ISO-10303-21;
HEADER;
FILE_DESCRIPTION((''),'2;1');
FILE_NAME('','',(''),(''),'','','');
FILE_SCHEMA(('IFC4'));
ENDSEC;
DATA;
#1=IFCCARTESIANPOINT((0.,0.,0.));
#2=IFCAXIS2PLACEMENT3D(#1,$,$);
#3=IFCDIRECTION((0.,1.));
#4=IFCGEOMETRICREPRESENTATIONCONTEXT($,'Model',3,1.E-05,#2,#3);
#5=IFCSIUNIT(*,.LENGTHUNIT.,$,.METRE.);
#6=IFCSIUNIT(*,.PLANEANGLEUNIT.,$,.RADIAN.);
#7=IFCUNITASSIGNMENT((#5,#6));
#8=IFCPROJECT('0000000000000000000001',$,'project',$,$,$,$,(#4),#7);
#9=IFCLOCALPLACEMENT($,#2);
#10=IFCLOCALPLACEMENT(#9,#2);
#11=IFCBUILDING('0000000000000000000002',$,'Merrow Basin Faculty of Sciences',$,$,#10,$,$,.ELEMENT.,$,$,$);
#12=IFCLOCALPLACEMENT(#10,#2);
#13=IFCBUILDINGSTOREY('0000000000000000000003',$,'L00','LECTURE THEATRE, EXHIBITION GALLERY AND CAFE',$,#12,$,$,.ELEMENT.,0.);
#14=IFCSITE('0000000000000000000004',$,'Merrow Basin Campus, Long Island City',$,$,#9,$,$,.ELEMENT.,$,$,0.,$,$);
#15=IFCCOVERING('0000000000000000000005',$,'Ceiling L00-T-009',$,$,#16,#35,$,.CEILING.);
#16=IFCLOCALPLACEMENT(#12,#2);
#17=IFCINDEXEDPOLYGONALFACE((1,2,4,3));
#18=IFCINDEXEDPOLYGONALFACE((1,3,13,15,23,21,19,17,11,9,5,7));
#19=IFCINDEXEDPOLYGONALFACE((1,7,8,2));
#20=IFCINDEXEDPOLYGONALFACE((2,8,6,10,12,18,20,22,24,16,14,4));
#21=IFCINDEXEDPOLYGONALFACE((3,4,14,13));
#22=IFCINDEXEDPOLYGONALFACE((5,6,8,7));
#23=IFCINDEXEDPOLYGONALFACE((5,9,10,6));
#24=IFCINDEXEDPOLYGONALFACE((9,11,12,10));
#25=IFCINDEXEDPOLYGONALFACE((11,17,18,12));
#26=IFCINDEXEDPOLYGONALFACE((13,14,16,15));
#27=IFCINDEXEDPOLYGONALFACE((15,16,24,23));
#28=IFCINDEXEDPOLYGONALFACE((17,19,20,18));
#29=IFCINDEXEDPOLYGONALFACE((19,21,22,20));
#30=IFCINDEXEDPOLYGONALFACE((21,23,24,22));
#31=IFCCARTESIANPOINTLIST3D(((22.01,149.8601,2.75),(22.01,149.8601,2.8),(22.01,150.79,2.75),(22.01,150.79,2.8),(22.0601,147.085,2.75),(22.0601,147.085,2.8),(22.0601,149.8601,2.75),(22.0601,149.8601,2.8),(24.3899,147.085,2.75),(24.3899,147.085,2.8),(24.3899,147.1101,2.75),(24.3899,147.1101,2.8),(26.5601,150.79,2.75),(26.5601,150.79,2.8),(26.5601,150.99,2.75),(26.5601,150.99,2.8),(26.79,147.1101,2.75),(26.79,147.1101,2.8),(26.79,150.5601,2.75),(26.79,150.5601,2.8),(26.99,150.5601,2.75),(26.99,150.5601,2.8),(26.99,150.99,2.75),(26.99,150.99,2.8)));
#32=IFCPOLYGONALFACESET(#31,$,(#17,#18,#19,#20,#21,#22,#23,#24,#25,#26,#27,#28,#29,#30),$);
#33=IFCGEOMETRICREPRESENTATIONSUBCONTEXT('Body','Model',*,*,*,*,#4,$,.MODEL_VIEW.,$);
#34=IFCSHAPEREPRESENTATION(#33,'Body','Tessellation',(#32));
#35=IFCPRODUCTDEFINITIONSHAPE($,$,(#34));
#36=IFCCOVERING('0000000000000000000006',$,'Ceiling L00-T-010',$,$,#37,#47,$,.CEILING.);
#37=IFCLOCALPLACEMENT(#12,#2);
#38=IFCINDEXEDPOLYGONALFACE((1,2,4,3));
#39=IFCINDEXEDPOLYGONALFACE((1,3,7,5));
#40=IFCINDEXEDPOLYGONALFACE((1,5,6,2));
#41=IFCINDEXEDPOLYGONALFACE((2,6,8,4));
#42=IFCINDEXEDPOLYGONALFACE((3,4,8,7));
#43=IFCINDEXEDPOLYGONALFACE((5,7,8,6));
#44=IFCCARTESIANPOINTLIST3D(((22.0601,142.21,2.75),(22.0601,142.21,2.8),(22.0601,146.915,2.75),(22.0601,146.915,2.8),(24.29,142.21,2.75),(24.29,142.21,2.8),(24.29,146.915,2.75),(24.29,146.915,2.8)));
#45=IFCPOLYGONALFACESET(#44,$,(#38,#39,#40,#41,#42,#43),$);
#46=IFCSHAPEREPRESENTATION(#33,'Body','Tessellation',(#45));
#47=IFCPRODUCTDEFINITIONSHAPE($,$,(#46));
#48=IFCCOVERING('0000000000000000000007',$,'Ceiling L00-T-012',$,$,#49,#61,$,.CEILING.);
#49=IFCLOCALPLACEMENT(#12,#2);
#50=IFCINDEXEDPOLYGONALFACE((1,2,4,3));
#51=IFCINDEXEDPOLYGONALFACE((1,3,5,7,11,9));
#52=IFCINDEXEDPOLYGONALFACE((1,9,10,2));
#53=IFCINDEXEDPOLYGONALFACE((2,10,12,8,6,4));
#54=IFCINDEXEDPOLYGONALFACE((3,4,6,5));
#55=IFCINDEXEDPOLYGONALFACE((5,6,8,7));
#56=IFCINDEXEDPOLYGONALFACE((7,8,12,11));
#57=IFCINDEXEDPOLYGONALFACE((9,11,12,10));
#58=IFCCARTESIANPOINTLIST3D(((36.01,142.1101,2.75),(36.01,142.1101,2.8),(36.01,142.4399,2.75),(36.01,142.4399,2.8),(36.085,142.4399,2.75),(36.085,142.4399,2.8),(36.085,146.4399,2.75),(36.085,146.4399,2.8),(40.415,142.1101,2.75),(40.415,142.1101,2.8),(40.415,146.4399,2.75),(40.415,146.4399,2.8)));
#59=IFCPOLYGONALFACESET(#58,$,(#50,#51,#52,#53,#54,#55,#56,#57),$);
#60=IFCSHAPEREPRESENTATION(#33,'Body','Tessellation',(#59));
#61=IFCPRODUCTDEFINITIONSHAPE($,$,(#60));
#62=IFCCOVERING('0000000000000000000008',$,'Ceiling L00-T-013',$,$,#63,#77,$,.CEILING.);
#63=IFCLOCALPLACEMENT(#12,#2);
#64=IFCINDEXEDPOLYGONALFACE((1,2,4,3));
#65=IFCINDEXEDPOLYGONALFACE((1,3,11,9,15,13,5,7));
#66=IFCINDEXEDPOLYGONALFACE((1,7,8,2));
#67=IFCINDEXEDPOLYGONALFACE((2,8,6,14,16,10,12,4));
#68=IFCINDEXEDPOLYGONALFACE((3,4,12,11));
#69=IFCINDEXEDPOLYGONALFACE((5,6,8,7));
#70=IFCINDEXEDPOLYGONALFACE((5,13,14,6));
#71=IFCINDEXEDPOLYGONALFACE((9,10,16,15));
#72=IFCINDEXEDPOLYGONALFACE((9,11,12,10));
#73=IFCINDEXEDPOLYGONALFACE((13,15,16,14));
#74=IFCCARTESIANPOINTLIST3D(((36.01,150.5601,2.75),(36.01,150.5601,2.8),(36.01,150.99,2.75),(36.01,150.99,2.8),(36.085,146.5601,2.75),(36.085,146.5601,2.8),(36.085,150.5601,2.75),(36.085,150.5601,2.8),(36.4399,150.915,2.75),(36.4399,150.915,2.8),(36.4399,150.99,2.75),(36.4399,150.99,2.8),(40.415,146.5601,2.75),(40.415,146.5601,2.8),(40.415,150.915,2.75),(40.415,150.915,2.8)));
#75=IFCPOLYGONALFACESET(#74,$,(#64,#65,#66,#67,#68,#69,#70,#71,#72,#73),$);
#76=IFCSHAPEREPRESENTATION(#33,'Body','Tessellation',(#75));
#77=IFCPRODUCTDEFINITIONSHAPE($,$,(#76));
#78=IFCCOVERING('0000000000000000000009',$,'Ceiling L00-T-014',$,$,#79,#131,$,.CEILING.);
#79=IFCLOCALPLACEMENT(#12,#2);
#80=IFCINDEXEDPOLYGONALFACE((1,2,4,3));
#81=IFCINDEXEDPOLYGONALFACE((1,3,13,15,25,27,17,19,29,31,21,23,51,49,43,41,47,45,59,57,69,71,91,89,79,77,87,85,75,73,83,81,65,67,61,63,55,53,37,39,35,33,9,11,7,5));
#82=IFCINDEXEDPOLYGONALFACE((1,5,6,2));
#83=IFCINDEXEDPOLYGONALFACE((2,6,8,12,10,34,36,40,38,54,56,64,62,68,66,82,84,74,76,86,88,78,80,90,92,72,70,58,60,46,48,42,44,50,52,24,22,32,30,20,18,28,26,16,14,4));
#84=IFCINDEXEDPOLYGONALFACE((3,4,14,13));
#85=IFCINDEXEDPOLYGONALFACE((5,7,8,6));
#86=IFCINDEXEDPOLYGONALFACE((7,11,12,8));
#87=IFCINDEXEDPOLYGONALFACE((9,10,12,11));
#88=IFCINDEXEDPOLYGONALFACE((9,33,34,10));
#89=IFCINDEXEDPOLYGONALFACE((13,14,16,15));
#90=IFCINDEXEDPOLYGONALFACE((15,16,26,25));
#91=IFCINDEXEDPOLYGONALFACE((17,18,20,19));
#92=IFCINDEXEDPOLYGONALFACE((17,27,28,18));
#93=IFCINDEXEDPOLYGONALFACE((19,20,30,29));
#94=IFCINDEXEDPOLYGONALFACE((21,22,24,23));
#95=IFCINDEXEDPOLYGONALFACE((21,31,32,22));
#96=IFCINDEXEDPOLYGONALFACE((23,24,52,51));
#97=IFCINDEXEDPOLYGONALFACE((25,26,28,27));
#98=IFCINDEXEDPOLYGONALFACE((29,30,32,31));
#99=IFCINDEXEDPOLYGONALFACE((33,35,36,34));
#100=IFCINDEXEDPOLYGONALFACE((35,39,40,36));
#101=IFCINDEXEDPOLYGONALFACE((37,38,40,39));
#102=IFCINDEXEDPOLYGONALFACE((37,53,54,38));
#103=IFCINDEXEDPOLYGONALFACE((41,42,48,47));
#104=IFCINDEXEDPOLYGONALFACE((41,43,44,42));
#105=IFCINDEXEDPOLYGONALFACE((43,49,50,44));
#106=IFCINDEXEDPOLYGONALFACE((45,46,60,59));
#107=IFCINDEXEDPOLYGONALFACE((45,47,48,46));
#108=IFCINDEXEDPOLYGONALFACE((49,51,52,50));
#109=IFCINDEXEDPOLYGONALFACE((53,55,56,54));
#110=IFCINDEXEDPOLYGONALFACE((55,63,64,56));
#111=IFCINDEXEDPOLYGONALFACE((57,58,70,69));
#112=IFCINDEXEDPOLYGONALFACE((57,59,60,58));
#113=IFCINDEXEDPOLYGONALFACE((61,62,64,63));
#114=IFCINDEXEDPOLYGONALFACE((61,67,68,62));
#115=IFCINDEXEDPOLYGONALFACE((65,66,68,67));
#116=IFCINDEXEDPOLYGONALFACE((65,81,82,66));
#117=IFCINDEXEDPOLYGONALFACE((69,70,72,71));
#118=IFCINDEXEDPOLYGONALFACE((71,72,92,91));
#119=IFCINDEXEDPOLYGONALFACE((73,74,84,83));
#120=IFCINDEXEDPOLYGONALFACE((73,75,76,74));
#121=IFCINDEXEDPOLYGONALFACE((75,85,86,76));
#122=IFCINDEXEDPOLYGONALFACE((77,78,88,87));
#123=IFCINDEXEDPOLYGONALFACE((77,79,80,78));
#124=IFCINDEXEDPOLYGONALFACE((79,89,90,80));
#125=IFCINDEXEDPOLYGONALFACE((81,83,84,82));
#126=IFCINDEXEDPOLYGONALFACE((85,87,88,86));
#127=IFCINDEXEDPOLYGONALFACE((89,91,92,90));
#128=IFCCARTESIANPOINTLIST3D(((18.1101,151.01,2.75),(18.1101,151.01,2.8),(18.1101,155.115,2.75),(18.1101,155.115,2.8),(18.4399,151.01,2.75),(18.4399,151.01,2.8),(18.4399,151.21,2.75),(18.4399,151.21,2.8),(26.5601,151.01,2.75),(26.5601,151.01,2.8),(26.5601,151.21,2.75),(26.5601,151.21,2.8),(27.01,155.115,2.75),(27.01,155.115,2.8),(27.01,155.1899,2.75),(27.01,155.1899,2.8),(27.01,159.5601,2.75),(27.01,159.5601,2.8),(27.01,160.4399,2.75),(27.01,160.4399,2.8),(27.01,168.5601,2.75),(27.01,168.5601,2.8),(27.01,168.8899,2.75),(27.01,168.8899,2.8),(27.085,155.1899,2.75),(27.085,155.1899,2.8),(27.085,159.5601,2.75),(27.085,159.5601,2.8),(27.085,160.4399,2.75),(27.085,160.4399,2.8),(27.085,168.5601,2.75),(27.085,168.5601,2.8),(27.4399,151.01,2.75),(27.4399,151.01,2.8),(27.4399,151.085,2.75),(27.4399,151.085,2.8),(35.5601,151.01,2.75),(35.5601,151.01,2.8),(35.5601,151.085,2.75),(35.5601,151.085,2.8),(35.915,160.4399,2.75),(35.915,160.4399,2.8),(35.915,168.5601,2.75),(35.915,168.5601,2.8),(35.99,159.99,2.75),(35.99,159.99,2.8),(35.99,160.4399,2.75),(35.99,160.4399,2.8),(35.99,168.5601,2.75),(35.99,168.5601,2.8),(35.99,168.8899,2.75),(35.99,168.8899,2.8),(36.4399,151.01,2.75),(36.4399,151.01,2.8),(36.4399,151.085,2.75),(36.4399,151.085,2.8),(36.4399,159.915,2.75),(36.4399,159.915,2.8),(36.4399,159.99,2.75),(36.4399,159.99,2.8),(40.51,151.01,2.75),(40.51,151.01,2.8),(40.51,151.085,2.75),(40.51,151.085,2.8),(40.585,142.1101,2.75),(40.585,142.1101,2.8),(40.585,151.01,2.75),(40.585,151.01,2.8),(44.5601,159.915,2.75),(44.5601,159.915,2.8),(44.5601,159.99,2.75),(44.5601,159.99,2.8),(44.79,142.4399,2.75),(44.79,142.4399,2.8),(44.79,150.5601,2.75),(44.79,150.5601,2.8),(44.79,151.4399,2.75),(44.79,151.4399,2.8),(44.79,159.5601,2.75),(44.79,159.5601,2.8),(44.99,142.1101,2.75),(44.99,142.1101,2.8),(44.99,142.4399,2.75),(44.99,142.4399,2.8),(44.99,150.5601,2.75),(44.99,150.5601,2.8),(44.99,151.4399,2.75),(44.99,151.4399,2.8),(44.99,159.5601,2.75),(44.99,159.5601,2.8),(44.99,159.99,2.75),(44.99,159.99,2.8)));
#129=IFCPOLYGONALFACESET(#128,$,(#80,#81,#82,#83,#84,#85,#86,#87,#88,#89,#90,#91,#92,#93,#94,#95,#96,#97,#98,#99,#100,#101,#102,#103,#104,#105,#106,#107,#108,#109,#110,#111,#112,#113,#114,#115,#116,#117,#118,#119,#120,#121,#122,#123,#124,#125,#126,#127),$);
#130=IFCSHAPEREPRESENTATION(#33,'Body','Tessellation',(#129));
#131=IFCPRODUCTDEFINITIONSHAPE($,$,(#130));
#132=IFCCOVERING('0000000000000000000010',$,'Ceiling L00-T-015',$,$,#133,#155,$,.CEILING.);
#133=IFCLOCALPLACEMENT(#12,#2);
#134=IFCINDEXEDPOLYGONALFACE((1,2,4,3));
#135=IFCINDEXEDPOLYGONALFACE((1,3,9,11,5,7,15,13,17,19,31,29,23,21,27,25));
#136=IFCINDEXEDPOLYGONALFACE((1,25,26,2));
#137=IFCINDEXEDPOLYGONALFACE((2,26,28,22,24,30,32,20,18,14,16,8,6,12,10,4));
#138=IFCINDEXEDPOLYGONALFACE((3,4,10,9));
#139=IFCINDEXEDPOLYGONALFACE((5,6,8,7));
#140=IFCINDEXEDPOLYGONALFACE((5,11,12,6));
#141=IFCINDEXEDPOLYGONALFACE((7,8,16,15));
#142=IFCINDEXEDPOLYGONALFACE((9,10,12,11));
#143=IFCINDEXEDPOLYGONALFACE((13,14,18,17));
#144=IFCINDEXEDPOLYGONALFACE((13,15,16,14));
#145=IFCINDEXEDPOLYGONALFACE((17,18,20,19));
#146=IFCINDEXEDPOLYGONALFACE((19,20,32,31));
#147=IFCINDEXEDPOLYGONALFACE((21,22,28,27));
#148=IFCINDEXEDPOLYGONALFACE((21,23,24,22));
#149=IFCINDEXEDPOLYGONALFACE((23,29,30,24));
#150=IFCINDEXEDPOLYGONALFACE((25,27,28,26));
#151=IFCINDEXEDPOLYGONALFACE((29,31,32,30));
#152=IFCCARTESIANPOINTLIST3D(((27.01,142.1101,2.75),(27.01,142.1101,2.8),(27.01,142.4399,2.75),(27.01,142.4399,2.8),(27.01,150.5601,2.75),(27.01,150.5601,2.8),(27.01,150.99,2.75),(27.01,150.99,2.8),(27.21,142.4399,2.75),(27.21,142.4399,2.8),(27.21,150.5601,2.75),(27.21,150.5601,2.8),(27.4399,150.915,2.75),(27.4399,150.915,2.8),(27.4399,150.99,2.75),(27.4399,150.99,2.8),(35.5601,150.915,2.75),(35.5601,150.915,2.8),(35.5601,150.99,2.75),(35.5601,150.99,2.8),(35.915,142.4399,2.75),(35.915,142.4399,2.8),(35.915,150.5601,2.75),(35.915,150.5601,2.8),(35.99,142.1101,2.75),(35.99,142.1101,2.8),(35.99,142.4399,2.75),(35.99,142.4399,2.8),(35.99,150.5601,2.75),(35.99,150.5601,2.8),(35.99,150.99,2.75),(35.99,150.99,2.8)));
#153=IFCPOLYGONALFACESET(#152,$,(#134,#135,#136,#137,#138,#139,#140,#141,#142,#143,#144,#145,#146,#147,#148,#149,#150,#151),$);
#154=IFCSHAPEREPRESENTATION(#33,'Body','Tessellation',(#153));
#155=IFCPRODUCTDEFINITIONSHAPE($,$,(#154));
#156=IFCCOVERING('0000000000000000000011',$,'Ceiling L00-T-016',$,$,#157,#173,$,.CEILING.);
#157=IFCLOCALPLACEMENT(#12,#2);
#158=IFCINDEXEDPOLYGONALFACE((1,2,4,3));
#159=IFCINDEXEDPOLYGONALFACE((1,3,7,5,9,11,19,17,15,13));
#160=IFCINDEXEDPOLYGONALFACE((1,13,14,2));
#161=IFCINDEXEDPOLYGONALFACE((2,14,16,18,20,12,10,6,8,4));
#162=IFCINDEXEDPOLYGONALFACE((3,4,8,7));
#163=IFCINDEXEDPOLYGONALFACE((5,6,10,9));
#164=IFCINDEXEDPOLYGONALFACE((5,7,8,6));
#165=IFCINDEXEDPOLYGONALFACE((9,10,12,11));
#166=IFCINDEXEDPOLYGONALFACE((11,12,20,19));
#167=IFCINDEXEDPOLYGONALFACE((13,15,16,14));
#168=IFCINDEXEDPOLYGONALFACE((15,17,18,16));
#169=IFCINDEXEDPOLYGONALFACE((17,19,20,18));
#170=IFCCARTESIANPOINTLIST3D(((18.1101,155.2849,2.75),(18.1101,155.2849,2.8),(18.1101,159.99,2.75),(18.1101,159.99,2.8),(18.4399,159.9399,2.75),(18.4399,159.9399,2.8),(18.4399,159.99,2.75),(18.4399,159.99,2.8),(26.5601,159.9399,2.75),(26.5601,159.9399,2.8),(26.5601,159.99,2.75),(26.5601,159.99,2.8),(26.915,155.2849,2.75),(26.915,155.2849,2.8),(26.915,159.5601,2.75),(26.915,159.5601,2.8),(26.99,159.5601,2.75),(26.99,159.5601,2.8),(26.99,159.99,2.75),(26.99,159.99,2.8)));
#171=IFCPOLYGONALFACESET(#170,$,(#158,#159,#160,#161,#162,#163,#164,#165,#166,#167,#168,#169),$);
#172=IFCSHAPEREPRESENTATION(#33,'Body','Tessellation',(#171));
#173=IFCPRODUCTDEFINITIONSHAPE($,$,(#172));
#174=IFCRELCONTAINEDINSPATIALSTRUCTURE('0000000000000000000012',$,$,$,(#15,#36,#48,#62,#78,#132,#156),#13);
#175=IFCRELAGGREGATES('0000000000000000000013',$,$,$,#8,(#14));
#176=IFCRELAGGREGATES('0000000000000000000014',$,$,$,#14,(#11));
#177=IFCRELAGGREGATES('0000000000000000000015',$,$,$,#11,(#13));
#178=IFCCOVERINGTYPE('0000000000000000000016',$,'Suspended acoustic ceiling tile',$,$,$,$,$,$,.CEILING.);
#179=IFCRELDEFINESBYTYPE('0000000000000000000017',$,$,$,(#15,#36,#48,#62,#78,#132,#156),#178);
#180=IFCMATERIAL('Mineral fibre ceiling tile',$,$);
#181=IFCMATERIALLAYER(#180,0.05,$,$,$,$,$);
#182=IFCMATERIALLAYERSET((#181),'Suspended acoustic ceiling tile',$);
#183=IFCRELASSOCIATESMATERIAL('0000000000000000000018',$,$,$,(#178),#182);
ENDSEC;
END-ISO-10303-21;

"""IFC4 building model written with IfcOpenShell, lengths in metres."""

from ifc_helpers import new_model, si_unit, direction, frame, origin, place, context, subcontext, project, spatial, polyline, outline, extrude, material, layer, layer_set, type_object, element, save


model = new_model("IFC4")

# Units and contexts
model_context = context("Model", 3, precision=1e-05, world=origin(), true_north=direction((0.0, 1.0)))
body_context = subcontext(model_context, "Body", "Model", "MODEL_VIEW")
ifc_project = project(units=[si_unit("LENGTHUNIT", "METRE"), si_unit("PLANEANGLEUNIT", "RADIAN")], contexts=[model_context])

# Site, building, storey
site_placement = place(None, origin())
site = spatial("IfcSite", under=ifc_project, at=site_placement, Name="Merrow Basin Campus, Long Island City", CompositionType="ELEMENT", RefElevation=0.0)
building_placement = place(site_placement, origin())
building = spatial("IfcBuilding", under=site, at=building_placement, Name="Merrow Basin Faculty of Sciences", CompositionType="ELEMENT")
storey_placement = place(building_placement, origin())
storey = spatial("IfcBuildingStorey", under=building, at=storey_placement, Name="L00", Description="LECTURE THEATRE, EXHIBITION GALLERY AND CAFE", CompositionType="ELEMENT", Elevation=0.0)

# Coverings
ifc_material = material(Name="Mineral fibre ceiling tile")
ifc_layer = layer(ifc_material, 0.05)
ifc_layer_set = layer_set([ifc_layer], Name="Suspended acoustic ceiling tile")
covering_type = type_object("IfcCoveringType", Name="Suspended acoustic ceiling tile", PredefinedType="CEILING", material=ifc_layer_set)
covering_1_placement = place(storey_placement, frame((0.0, 0.0, 2.75)))
element("IfcCovering", 1, at=covering_1_placement, inside=storey, type_object=covering_type, Name="Ceiling L00-T-009", PredefinedType="CEILING", context=body_context, shape_type="SweptSolid", body=[
    extrude(outline(polyline([(26.99, 150.99), (26.99, 150.5601), (26.79, 150.5601), (26.79, 147.1101), (24.3899, 147.1101), (24.3899, 147.085), (22.0601, 147.085), (22.0601, 149.8601), (22.01, 149.8601), (22.01, 150.79), (26.5601, 150.79), (26.5601, 150.99), (26.99, 150.99)])), origin(), (0.0, 0.0, 1.0), 0.05),
])
covering_2_placement = place(storey_placement, frame((0.0, 0.0, 2.75)))
element("IfcCovering", 2, at=covering_2_placement, inside=storey, type_object=covering_type, Name="Ceiling L00-T-010", PredefinedType="CEILING", context=body_context, shape_type="SweptSolid", body=[
    extrude(outline(polyline([(24.29, 146.915), (24.29, 142.21), (22.0601, 142.21), (22.0601, 146.915), (24.29, 146.915)])), origin(), (0.0, 0.0, 1.0), 0.05),
])
covering_3_placement = place(storey_placement, frame((0.0, 0.0, 2.75)))
element("IfcCovering", 3, at=covering_3_placement, inside=storey, type_object=covering_type, Name="Ceiling L00-T-012", PredefinedType="CEILING", context=body_context, shape_type="SweptSolid", body=[
    extrude(outline(polyline([(36.01, 142.1101), (36.01, 142.4399), (36.085, 142.4399), (36.085, 146.4399), (40.415, 146.4399), (40.415, 142.1101), (36.01, 142.1101)])), origin(), (0.0, 0.0, 1.0), 0.05),
])
covering_4_placement = place(storey_placement, frame((0.0, 0.0, 2.75)))
element("IfcCovering", 4, at=covering_4_placement, inside=storey, type_object=covering_type, Name="Ceiling L00-T-013", PredefinedType="CEILING", context=body_context, shape_type="SweptSolid", body=[
    extrude(outline(polyline([(36.01, 150.99), (36.4399, 150.99), (36.4399, 150.915), (40.415, 150.915), (40.415, 146.5601), (36.085, 146.5601), (36.085, 150.5601), (36.01, 150.5601), (36.01, 150.99)])), origin(), (0.0, 0.0, 1.0), 0.05),
])
covering_5_placement = place(storey_placement, frame((0.0, 0.0, 2.75)))
element("IfcCovering", 5, at=covering_5_placement, inside=storey, type_object=covering_type, Name="Ceiling L00-T-014", PredefinedType="CEILING", context=body_context, shape_type="SweptSolid", body=[
    extrude(outline(polyline([(26.5601, 151.01), (26.5601, 151.21), (18.4399, 151.21), (18.4399, 151.01), (18.1101, 151.01), (18.1101, 155.115), (27.01, 155.115), (27.01, 155.1899), (27.085, 155.1899), (27.085, 159.5601), (27.01, 159.5601), (27.01, 160.4399), (27.085, 160.4399), (27.085, 168.5601), (27.01, 168.5601), (27.01, 168.8899), (35.99, 168.8899), (35.99, 168.5601), (35.915, 168.5601), (35.915, 160.4399), (35.99, 160.4399), (35.99, 159.99), (36.4399, 159.99), (36.4399, 159.915), (44.5601, 159.915), (44.5601, 159.99), (44.99, 159.99), (44.99, 159.5601), (44.79, 159.5601), (44.79, 151.4399), (44.99, 151.4399), (44.99, 150.5601), (44.79, 150.5601), (44.79, 142.4399), (44.99, 142.4399), (44.99, 142.1101), (40.585, 142.1101), (40.585, 151.01), (40.51, 151.01), (40.51, 151.085), (36.4399, 151.085), (36.4399, 151.01), (35.5601, 151.01), (35.5601, 151.085), (27.4399, 151.085), (27.4399, 151.01), (26.5601, 151.01)])), origin(), (0.0, 0.0, 1.0), 0.05),
])
covering_6_placement = place(storey_placement, frame((0.0, 0.0, 2.75)))
element("IfcCovering", 6, at=covering_6_placement, inside=storey, type_object=covering_type, Name="Ceiling L00-T-015", PredefinedType="CEILING", context=body_context, shape_type="SweptSolid", body=[
    extrude(outline(polyline([(27.4399, 150.99), (27.4399, 150.915), (35.5601, 150.915), (35.5601, 150.99), (35.99, 150.99), (35.99, 150.5601), (35.915, 150.5601), (35.915, 142.4399), (35.99, 142.4399), (35.99, 142.1101), (27.01, 142.1101), (27.01, 142.4399), (27.21, 142.4399), (27.21, 150.5601), (27.01, 150.5601), (27.01, 150.99), (27.4399, 150.99)])), origin(), (0.0, 0.0, 1.0), 0.05),
])
covering_7_placement = place(storey_placement, frame((0.0, 0.0, 2.75)))
element("IfcCovering", 7, at=covering_7_placement, inside=storey, type_object=covering_type, Name="Ceiling L00-T-016", PredefinedType="CEILING", context=body_context, shape_type="SweptSolid", body=[
    extrude(outline(polyline([(26.99, 159.5601), (26.915, 159.5601), (26.915, 155.2849), (18.1101, 155.2849), (18.1101, 159.99), (18.4399, 159.99), (18.4399, 159.9399), (26.5601, 159.9399), (26.5601, 159.99), (26.99, 159.99), (26.99, 159.5601)])), origin(), (0.0, 0.0, 1.0), 0.05),
])

save(model, "model.ifc")
